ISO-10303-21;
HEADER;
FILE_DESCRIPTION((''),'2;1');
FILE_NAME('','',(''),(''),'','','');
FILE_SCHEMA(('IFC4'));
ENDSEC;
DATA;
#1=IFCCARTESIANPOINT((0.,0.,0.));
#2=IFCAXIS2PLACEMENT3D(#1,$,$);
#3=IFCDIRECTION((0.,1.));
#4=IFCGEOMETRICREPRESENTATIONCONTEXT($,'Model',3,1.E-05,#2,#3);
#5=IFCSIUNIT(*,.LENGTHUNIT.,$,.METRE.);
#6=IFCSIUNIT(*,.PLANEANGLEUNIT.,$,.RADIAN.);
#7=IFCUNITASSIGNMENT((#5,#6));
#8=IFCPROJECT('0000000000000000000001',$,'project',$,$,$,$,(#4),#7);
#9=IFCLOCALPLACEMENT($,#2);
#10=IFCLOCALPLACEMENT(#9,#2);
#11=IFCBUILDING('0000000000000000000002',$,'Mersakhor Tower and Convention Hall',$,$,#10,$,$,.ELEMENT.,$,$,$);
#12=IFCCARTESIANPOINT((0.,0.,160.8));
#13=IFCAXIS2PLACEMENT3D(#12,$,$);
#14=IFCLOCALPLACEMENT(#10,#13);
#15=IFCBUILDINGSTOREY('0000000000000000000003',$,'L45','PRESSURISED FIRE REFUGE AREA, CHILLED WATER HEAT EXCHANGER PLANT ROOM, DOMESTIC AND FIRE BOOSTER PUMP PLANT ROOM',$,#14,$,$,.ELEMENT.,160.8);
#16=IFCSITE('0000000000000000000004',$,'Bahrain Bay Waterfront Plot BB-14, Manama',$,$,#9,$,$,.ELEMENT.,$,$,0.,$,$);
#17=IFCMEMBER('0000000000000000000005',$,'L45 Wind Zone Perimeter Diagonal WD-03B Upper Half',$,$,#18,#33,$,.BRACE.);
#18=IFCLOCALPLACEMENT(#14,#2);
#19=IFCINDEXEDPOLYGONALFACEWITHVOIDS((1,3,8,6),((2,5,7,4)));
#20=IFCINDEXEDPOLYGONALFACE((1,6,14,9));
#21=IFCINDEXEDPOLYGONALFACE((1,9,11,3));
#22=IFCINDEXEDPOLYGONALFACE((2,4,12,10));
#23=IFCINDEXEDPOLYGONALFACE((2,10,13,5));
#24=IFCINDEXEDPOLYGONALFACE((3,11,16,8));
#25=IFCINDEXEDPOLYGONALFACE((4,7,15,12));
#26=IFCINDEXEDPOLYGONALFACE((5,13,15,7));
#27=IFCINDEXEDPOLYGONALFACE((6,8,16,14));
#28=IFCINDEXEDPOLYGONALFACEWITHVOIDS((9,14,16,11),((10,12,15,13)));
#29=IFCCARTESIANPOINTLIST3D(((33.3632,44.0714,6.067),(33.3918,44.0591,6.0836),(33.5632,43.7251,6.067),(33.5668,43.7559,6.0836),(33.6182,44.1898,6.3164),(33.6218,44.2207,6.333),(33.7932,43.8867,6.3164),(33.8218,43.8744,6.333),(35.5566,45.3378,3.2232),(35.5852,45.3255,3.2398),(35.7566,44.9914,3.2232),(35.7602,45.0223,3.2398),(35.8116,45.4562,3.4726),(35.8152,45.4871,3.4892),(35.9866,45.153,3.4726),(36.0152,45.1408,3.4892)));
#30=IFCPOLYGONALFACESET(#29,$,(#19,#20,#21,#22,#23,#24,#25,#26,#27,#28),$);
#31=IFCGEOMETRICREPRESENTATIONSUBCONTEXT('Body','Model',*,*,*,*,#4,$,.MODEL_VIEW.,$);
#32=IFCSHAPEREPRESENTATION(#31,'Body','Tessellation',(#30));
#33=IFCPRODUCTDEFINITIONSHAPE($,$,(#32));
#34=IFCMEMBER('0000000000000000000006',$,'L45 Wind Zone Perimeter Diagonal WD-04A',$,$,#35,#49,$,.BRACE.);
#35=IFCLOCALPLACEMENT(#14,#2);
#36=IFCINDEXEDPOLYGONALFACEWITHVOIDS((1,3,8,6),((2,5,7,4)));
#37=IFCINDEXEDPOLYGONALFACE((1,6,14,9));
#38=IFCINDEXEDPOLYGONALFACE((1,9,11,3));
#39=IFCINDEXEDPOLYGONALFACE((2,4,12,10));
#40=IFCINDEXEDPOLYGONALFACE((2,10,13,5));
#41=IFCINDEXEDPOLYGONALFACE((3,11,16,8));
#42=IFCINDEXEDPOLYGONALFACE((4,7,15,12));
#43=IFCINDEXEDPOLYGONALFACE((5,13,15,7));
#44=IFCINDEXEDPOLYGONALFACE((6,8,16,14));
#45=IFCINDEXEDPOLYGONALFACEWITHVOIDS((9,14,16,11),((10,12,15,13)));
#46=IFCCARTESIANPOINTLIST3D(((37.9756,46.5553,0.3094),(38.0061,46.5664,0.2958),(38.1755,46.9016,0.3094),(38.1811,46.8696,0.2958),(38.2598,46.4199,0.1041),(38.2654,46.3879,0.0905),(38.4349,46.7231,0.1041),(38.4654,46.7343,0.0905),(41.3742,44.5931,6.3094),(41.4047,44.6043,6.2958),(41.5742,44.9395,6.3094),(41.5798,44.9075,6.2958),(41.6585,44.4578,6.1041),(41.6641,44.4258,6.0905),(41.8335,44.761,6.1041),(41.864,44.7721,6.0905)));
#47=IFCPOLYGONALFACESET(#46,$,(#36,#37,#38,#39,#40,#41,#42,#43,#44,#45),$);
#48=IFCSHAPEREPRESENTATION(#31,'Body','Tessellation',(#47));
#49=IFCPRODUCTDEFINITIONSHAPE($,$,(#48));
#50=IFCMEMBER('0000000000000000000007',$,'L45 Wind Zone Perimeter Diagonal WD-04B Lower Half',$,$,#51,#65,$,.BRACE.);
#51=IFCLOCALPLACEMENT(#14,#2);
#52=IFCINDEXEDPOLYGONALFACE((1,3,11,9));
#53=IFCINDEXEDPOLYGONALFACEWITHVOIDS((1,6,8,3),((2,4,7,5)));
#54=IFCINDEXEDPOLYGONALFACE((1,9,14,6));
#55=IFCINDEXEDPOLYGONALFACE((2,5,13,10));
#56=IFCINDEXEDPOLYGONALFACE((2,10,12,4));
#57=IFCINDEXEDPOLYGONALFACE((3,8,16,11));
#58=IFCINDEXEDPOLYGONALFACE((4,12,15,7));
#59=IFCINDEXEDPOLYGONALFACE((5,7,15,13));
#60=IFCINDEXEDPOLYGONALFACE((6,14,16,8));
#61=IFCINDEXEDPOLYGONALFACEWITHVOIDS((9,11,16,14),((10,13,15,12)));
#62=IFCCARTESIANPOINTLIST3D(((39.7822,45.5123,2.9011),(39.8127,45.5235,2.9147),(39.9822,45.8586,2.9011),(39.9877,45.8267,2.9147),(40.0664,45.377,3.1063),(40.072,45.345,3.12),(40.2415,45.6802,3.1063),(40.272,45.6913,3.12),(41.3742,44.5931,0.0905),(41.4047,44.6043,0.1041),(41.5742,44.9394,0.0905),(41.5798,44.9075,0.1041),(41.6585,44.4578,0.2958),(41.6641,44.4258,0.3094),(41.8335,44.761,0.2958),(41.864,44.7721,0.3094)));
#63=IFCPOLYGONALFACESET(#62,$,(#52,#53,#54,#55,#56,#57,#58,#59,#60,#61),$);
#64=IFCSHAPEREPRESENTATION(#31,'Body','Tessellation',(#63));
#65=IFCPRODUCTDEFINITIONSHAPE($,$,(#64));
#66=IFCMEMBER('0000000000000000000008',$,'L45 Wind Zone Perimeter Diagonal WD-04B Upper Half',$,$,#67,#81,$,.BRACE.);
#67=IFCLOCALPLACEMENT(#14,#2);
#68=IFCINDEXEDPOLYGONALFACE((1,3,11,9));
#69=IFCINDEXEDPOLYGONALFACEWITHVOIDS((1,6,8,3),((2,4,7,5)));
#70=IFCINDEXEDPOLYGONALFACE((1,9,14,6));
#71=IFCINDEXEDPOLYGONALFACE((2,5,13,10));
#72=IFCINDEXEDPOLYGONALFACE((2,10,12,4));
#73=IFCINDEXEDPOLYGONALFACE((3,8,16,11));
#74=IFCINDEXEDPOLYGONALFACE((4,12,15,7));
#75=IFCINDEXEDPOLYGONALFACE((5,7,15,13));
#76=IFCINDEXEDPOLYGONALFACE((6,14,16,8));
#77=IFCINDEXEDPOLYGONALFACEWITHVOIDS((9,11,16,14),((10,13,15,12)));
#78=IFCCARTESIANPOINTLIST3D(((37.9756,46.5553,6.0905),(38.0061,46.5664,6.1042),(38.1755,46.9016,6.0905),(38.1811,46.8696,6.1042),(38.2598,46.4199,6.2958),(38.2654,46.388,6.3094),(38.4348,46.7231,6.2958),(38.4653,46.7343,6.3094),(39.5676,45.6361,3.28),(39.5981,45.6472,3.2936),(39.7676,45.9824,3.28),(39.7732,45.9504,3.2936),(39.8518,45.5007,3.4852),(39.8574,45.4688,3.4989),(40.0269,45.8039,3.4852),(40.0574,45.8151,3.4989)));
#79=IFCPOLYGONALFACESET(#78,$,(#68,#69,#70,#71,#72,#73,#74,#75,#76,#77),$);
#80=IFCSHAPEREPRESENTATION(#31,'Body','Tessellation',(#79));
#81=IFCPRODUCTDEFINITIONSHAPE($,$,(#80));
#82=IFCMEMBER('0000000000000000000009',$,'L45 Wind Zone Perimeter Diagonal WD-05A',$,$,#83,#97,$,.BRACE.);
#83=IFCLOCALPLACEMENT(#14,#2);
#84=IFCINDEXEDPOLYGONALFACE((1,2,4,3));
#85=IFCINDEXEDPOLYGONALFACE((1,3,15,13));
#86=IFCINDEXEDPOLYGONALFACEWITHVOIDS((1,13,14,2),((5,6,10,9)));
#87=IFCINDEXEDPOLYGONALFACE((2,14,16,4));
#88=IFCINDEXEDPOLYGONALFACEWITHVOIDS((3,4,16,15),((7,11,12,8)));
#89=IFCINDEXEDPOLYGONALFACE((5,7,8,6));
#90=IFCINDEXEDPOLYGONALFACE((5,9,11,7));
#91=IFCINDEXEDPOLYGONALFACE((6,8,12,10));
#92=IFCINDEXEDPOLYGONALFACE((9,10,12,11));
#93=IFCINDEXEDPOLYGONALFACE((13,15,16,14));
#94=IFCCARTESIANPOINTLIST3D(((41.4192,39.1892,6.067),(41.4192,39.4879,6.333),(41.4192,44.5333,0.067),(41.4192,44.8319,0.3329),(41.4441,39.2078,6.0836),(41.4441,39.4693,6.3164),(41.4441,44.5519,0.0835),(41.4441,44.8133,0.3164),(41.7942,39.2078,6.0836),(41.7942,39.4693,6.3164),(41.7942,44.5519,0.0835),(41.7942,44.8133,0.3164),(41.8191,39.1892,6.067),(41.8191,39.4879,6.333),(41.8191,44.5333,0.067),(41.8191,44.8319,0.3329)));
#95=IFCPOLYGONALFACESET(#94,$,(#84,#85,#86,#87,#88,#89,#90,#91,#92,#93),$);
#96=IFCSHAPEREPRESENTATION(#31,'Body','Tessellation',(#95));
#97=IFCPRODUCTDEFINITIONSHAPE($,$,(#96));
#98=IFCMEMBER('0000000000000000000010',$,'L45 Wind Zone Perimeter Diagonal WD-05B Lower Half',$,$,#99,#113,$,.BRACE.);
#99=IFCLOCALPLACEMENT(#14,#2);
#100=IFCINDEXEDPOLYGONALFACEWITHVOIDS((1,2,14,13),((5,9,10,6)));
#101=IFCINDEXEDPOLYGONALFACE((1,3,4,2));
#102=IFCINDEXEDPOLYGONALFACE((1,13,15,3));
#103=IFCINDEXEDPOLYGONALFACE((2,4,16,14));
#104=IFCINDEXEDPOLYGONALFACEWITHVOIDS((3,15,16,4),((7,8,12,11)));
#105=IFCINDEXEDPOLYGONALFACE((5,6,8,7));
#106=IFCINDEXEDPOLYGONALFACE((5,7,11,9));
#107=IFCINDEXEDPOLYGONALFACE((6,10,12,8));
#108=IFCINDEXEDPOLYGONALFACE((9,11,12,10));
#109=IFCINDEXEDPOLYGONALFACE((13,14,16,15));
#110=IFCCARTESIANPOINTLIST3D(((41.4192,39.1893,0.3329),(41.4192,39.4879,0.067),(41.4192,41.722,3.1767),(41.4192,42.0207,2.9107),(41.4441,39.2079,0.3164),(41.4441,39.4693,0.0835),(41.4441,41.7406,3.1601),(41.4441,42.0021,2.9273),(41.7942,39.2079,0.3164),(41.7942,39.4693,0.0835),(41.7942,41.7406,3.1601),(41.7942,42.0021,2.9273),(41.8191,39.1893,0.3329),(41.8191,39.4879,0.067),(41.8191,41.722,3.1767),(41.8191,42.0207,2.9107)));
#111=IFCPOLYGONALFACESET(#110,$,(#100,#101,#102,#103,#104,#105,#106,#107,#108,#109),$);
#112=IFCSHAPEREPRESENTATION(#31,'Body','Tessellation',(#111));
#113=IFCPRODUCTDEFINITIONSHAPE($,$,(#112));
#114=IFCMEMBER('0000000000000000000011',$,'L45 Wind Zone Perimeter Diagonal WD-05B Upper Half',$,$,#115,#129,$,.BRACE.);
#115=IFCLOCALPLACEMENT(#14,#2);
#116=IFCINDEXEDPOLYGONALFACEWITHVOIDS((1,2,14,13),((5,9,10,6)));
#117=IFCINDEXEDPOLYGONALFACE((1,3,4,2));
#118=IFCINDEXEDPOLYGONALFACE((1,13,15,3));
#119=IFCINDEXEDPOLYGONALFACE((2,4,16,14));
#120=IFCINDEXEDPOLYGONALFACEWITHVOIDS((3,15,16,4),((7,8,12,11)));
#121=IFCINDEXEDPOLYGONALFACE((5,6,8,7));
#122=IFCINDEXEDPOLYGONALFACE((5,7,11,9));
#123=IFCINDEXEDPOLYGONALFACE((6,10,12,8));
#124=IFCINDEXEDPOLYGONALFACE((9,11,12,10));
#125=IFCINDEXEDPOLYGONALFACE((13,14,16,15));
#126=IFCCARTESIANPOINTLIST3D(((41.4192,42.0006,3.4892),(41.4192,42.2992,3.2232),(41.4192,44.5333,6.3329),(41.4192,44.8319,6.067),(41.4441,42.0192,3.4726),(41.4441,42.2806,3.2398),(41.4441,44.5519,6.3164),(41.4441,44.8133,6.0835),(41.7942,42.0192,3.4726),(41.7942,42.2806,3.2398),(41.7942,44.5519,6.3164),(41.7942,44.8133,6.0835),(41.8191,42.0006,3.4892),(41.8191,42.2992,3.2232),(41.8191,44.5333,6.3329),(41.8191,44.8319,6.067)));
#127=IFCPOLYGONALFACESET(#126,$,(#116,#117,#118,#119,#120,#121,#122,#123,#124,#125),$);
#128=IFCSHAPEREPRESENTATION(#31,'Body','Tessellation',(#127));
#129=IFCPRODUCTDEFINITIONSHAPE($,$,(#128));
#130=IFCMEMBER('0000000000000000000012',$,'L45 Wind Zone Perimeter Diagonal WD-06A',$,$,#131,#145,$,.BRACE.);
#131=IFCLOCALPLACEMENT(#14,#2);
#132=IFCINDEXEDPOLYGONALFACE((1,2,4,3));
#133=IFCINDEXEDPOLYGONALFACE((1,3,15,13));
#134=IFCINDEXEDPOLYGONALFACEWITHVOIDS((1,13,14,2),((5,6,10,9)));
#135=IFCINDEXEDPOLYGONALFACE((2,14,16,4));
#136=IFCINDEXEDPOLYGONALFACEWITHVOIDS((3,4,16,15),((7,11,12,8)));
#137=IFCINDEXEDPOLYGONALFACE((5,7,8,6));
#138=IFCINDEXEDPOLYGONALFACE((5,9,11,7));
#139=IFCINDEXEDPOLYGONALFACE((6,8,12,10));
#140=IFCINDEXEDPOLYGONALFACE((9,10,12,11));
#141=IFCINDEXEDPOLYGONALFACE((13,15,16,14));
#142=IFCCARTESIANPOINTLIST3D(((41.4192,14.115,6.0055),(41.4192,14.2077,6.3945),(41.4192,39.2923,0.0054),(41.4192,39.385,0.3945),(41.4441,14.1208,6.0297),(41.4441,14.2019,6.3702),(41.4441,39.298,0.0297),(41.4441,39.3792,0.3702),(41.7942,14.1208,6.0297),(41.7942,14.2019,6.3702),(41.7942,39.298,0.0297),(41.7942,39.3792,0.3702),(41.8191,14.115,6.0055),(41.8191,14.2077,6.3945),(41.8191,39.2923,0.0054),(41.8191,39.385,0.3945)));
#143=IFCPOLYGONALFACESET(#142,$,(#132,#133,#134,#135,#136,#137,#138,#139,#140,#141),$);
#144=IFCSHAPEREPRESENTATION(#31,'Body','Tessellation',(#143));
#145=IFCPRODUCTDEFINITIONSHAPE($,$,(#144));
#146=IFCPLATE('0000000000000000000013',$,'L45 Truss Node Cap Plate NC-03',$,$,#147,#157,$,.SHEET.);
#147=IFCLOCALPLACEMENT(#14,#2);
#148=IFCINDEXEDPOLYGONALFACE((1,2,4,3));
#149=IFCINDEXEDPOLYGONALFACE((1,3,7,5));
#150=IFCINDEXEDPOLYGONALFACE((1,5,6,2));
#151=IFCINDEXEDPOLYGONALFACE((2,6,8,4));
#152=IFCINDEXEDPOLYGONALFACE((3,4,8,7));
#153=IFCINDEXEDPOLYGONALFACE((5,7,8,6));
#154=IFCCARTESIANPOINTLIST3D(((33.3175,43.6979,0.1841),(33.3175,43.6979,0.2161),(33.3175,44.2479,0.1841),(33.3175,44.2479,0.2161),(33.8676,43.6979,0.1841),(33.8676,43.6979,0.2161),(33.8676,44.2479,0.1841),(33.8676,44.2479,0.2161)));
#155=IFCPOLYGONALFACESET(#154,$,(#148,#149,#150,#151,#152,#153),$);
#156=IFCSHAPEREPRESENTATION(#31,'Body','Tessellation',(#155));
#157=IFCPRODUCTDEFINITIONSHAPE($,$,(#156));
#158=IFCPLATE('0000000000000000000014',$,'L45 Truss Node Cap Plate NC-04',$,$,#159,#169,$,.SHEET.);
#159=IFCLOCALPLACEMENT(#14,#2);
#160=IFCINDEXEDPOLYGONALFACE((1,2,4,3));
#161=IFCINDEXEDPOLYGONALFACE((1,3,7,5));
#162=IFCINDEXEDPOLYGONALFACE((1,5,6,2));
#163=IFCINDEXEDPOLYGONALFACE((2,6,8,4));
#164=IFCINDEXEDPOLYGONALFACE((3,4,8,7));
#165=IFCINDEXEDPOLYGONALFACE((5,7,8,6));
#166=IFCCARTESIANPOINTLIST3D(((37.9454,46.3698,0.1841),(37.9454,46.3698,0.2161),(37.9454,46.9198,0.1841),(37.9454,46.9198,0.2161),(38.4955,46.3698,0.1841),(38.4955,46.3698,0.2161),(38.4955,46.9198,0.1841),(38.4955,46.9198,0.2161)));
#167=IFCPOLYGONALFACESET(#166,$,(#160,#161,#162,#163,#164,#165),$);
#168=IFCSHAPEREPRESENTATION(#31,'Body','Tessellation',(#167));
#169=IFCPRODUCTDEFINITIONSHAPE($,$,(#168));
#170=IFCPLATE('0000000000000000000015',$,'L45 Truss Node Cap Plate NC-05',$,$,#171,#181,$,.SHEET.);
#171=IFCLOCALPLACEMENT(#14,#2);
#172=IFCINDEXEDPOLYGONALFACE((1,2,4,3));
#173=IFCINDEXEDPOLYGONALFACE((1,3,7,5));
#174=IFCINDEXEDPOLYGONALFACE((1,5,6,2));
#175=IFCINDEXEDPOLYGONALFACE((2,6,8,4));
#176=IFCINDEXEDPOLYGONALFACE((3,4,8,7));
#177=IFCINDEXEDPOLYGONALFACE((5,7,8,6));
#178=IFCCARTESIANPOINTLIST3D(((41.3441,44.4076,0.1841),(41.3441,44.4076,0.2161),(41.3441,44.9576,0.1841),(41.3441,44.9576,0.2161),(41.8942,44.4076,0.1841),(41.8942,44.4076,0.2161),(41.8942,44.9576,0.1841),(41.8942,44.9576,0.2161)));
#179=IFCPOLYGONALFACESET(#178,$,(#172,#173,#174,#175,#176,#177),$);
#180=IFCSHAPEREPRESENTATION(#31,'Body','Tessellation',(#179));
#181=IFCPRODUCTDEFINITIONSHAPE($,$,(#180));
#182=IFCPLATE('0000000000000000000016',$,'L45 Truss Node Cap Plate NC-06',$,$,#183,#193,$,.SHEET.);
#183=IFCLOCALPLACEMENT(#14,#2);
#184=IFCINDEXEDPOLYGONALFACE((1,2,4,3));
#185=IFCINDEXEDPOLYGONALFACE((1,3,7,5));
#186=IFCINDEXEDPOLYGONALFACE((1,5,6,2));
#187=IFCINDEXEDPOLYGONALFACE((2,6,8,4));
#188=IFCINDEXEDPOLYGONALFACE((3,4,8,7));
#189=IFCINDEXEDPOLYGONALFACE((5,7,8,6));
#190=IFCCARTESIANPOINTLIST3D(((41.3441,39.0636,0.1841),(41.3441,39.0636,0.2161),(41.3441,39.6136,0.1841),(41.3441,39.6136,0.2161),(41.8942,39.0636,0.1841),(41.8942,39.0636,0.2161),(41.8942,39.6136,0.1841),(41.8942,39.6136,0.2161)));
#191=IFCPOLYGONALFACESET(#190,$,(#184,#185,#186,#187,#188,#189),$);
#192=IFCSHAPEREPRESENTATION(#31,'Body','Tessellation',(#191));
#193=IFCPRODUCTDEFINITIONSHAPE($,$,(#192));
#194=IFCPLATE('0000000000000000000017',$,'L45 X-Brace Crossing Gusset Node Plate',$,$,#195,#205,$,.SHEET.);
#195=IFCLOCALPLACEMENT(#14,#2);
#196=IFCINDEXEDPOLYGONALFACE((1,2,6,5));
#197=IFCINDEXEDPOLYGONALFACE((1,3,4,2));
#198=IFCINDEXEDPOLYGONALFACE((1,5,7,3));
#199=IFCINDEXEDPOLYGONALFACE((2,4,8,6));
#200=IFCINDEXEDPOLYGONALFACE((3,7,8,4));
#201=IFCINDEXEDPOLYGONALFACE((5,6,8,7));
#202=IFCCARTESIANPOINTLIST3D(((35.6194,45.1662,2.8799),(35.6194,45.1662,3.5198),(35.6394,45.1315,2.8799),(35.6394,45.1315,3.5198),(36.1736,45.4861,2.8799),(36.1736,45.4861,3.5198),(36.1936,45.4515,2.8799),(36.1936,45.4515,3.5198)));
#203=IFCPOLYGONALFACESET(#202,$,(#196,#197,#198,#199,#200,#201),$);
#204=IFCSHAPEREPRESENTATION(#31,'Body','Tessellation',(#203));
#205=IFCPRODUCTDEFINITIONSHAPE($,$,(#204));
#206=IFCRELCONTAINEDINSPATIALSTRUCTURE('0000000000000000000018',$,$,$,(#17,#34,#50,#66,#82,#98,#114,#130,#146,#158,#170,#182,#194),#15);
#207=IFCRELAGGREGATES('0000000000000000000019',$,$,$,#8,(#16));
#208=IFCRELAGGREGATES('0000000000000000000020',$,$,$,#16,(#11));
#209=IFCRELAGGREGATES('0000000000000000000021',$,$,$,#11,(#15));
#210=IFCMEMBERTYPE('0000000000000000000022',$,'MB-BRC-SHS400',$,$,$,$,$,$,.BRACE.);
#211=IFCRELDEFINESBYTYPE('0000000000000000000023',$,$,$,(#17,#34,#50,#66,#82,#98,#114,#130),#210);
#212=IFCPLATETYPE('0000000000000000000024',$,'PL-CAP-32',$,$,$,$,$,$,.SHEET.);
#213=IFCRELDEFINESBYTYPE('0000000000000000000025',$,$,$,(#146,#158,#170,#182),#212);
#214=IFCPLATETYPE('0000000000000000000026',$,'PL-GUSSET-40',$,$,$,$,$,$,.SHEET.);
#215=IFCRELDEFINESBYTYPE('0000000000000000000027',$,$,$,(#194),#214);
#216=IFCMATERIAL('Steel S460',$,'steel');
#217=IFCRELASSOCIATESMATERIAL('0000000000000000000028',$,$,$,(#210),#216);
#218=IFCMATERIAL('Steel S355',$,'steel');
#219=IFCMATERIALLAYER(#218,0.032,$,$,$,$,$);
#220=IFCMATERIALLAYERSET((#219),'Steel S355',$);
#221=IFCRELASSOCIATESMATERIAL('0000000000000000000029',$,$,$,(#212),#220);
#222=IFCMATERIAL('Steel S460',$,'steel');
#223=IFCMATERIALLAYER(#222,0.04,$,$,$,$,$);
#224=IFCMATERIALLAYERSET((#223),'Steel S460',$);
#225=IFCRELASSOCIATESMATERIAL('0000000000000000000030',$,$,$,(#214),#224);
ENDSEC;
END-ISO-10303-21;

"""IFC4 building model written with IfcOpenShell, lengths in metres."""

from ifc_helpers import new_model, si_unit, direction, frame, origin, origin_2d, place, context, subcontext, project, spatial, rectangle, hollow_rectangle, extrude, material, layer, layer_set, material_profile, profile_set, type_object, element, save


model = new_model("IFC4")

# Units and contexts
model_context = context("Model", 3, precision=1e-05, world=origin(), true_north=direction((0.0, 1.0)))
body_context = subcontext(model_context, "Body", "Model", "MODEL_VIEW")
ifc_project = project(units=[si_unit("LENGTHUNIT", "METRE"), si_unit("PLANEANGLEUNIT", "RADIAN")], contexts=[model_context])

# Site, building, storey
site_placement = place(None, origin())
site = spatial("IfcSite", under=ifc_project, at=site_placement, Name="Bahrain Bay Waterfront Plot BB-14, Manama", CompositionType="ELEMENT", RefElevation=0.0)
building_placement = place(site_placement, origin())
building = spatial("IfcBuilding", under=site, at=building_placement, Name="Mersakhor Tower and Convention Hall", CompositionType="ELEMENT")
storey_placement = place(building_placement, frame((0.0, 0.0, 160.8)))
storey = spatial("IfcBuildingStorey", under=building, at=storey_placement, Name="L45", Description="PRESSURISED FIRE REFUGE AREA, CHILLED WATER HEAT EXCHANGER PLANT ROOM, DOMESTIC AND FIRE BOOSTER PUMP PLANT ROOM", CompositionType="ELEMENT", Elevation=160.8)

# Members
ifc_material_1 = material(Name="Steel S460", Category="steel")
ifc_material_profile_1 = material_profile(ifc_material_1, hollow_rectangle(XDim=0.3999, YDim=0.3999, WallThickness=0.0249, at=origin_2d()), Name="SHS 400x400x25")
ifc_profile_set_1 = profile_set([ifc_material_profile_1], Name="Steel S460")
member_type = type_object("IfcMemberType", Name="MB-BRC-SHS400", PredefinedType="BRACE", material=ifc_profile_set_1)
for number, where, z_axis, x_axis, name in (
    (1, (35.7859, 45.2393, 3.3562), (-0.575977, -0.332546, 0.746769), (0.500006, -0.866022, 0.0), "L45 Wind Zone Perimeter Diagonal WD-03B Upper Half"),
):
    element("IfcMember", number, at=place(storey_placement, frame(where, z_axis=z_axis, x_axis=x_axis)), inside=storey, type_object=member_type, Name=name, PredefinedType="BRACE", context=body_context, shape_type="SweptSolid", body=[
        extrude(hollow_rectangle(XDim=0.3999, YDim=0.3999, WallThickness=0.0249, at=origin_2d()), origin(), (0.0, 0.0, 1.0), 3.8081),
    ])
member_1_placement = place(storey_placement, frame((38.2205, 46.6448, 0.2), z_axis=(0.47405, -0.273683, 0.836884), x_axis=(0.499986, 0.866033, 0.0)))
element("IfcMember", 2, at=member_1_placement, inside=storey, type_object=member_type, Name="L45 Wind Zone Perimeter Diagonal WD-04A", PredefinedType="BRACE", context=body_context, shape_type="SweptSolid", body=[
    extrude(hollow_rectangle(XDim=0.3999, YDim=0.3999, WallThickness=0.0249, at=origin_2d()), origin(), (0.0, 0.0, 1.0), 7.1694),
])
for number, where, z_axis, x_axis, name in (
    (3, (41.6191, 44.6826, 0.2), (-0.474051, 0.273701, 0.836877), (-0.50001, -0.86602, 0.0), "L45 Wind Zone Perimeter Diagonal WD-04B Lower Half"),
    (4, (39.8125, 45.7256, 3.3894), (-0.474051, 0.273701, 0.836877), (-0.50001, -0.86602, 0.0), "L45 Wind Zone Perimeter Diagonal WD-04B Upper Half"),
):
    element("IfcMember", number, at=place(storey_placement, frame(where, z_axis=z_axis, x_axis=x_axis)), inside=storey, type_object=member_type, Name=name, PredefinedType="BRACE", context=body_context, shape_type="SweptSolid", body=[
        extrude(hollow_rectangle(XDim=0.3999, YDim=0.3999, WallThickness=0.0249, at=origin_2d()), origin(), (0.0, 0.0, 1.0), 3.3584),
    ])
member_2_placement = place(storey_placement, frame((41.6191, 44.6826, 0.2), z_axis=(0.0, -0.665105, 0.74675), x_axis=(1.0, 0.0, 0.0)))
element("IfcMember", 5, at=member_2_placement, inside=storey, type_object=member_type, Name="L45 Wind Zone Perimeter Diagonal WD-05A", PredefinedType="BRACE", context=body_context, shape_type="SweptSolid", body=[
    extrude(hollow_rectangle(XDim=0.3999, YDim=0.3999, WallThickness=0.0249, at=origin_2d()), origin(), (0.0, 0.0, 1.0), 8.0349),
])
for number, where, z_axis, x_axis, name in (
    (6, (41.6191, 39.3386, 0.2), (0.0, 0.665088, 0.746765), (-1.0, 0.0, 0.0), "L45 Wind Zone Perimeter Diagonal WD-05B Lower Half"),
    (7, (41.6191, 42.1499, 3.3562), (0.0, 0.665088, 0.746765), (-1.0, 0.0, 0.0), "L45 Wind Zone Perimeter Diagonal WD-05B Upper Half"),
):
    element("IfcMember", number, at=place(storey_placement, frame(where, z_axis=z_axis, x_axis=x_axis)), inside=storey, type_object=member_type, Name=name, PredefinedType="BRACE", context=body_context, shape_type="SweptSolid", body=[
        extrude(hollow_rectangle(XDim=0.3999, YDim=0.3999, WallThickness=0.0249, at=origin_2d()), origin(), (0.0, 0.0, 1.0), 3.8081),
    ])
member_3_placement = place(storey_placement, frame((41.6191, 39.3386, 0.2), z_axis=(0.0, -0.972759, 0.231819), x_axis=(1.0, 0.0, 0.0)))
element("IfcMember", 8, at=member_3_placement, inside=storey, type_object=member_type, Name="L45 Wind Zone Perimeter Diagonal WD-06A", PredefinedType="BRACE", context=body_context, shape_type="SweptSolid", body=[
    extrude(hollow_rectangle(XDim=0.3999, YDim=0.3999, WallThickness=0.0249, at=origin_2d()), origin(), (0.0, 0.0, 1.0), 25.8823),
])

# Plates
ifc_material_2 = material(Name="Steel S355", Category="steel")
ifc_layer_1 = layer(ifc_material_2, 0.032)
ifc_layer_set_1 = layer_set([ifc_layer_1], Name="Steel S355")
plate_type_1 = type_object("IfcPlateType", Name="PL-CAP-32", PredefinedType="SHEET", material=ifc_layer_set_1)
for number, where, z_axis, x_axis, name in (
    (9, (33.5925, 43.9729, 0.1841), (0.0, 0.0, 1.0), (1.0, 0.0, 0.0), "L45 Truss Node Cap Plate NC-03"),
    (10, (38.2205, 46.6448, 0.1841), (0.0, 0.0, 1.0), (1.0, 0.0, 0.0), "L45 Truss Node Cap Plate NC-04"),
    (11, (41.6191, 44.6826, 0.1841), (0.0, 0.0, 1.0), (1.0, 0.0, 0.0), "L45 Truss Node Cap Plate NC-05"),
    (12, (41.6191, 39.3386, 0.1841), (0.0, 0.0, 1.0), (1.0, 0.0, 0.0), "L45 Truss Node Cap Plate NC-06"),
):
    element("IfcPlate", number, at=place(storey_placement, frame(where, z_axis=z_axis, x_axis=x_axis)), inside=storey, type_object=plate_type_1, Name=name, PredefinedType="SHEET", context=body_context, shape_type="SweptSolid", body=[
        extrude(rectangle(XDim=0.55, YDim=0.55, at=origin_2d()), origin(), (0.0, 0.0, 1.0), 0.032),
    ])
ifc_material_3 = material(Name="Steel S460", Category="steel")
ifc_layer_2 = layer(ifc_material_3, 0.04)
ifc_layer_set_2 = layer_set([ifc_layer_2], Name="Steel S460")
plate_type_2 = type_object("IfcPlateType", Name="PL-GUSSET-40", PredefinedType="SHEET", material=ifc_layer_set_2)
for number, where, z_axis, x_axis, name in (
    (13, (35.9065, 45.3088, 2.8799), (0.0, 0.0, 1.0), (-0.866025, -0.5, 0.0), "L45 X-Brace Crossing Gusset Node Plate"),
):
    element("IfcPlate", number, at=place(storey_placement, frame(where, z_axis=z_axis, x_axis=x_axis)), inside=storey, type_object=plate_type_2, Name=name, PredefinedType="SHEET", context=body_context, shape_type="SweptSolid", body=[
        extrude(rectangle(XDim=0.6399, YDim=0.04, at=origin_2d()), origin(), (0.0, 0.0, 1.0), 0.6399),
    ])

save(model, "model.ifc")
